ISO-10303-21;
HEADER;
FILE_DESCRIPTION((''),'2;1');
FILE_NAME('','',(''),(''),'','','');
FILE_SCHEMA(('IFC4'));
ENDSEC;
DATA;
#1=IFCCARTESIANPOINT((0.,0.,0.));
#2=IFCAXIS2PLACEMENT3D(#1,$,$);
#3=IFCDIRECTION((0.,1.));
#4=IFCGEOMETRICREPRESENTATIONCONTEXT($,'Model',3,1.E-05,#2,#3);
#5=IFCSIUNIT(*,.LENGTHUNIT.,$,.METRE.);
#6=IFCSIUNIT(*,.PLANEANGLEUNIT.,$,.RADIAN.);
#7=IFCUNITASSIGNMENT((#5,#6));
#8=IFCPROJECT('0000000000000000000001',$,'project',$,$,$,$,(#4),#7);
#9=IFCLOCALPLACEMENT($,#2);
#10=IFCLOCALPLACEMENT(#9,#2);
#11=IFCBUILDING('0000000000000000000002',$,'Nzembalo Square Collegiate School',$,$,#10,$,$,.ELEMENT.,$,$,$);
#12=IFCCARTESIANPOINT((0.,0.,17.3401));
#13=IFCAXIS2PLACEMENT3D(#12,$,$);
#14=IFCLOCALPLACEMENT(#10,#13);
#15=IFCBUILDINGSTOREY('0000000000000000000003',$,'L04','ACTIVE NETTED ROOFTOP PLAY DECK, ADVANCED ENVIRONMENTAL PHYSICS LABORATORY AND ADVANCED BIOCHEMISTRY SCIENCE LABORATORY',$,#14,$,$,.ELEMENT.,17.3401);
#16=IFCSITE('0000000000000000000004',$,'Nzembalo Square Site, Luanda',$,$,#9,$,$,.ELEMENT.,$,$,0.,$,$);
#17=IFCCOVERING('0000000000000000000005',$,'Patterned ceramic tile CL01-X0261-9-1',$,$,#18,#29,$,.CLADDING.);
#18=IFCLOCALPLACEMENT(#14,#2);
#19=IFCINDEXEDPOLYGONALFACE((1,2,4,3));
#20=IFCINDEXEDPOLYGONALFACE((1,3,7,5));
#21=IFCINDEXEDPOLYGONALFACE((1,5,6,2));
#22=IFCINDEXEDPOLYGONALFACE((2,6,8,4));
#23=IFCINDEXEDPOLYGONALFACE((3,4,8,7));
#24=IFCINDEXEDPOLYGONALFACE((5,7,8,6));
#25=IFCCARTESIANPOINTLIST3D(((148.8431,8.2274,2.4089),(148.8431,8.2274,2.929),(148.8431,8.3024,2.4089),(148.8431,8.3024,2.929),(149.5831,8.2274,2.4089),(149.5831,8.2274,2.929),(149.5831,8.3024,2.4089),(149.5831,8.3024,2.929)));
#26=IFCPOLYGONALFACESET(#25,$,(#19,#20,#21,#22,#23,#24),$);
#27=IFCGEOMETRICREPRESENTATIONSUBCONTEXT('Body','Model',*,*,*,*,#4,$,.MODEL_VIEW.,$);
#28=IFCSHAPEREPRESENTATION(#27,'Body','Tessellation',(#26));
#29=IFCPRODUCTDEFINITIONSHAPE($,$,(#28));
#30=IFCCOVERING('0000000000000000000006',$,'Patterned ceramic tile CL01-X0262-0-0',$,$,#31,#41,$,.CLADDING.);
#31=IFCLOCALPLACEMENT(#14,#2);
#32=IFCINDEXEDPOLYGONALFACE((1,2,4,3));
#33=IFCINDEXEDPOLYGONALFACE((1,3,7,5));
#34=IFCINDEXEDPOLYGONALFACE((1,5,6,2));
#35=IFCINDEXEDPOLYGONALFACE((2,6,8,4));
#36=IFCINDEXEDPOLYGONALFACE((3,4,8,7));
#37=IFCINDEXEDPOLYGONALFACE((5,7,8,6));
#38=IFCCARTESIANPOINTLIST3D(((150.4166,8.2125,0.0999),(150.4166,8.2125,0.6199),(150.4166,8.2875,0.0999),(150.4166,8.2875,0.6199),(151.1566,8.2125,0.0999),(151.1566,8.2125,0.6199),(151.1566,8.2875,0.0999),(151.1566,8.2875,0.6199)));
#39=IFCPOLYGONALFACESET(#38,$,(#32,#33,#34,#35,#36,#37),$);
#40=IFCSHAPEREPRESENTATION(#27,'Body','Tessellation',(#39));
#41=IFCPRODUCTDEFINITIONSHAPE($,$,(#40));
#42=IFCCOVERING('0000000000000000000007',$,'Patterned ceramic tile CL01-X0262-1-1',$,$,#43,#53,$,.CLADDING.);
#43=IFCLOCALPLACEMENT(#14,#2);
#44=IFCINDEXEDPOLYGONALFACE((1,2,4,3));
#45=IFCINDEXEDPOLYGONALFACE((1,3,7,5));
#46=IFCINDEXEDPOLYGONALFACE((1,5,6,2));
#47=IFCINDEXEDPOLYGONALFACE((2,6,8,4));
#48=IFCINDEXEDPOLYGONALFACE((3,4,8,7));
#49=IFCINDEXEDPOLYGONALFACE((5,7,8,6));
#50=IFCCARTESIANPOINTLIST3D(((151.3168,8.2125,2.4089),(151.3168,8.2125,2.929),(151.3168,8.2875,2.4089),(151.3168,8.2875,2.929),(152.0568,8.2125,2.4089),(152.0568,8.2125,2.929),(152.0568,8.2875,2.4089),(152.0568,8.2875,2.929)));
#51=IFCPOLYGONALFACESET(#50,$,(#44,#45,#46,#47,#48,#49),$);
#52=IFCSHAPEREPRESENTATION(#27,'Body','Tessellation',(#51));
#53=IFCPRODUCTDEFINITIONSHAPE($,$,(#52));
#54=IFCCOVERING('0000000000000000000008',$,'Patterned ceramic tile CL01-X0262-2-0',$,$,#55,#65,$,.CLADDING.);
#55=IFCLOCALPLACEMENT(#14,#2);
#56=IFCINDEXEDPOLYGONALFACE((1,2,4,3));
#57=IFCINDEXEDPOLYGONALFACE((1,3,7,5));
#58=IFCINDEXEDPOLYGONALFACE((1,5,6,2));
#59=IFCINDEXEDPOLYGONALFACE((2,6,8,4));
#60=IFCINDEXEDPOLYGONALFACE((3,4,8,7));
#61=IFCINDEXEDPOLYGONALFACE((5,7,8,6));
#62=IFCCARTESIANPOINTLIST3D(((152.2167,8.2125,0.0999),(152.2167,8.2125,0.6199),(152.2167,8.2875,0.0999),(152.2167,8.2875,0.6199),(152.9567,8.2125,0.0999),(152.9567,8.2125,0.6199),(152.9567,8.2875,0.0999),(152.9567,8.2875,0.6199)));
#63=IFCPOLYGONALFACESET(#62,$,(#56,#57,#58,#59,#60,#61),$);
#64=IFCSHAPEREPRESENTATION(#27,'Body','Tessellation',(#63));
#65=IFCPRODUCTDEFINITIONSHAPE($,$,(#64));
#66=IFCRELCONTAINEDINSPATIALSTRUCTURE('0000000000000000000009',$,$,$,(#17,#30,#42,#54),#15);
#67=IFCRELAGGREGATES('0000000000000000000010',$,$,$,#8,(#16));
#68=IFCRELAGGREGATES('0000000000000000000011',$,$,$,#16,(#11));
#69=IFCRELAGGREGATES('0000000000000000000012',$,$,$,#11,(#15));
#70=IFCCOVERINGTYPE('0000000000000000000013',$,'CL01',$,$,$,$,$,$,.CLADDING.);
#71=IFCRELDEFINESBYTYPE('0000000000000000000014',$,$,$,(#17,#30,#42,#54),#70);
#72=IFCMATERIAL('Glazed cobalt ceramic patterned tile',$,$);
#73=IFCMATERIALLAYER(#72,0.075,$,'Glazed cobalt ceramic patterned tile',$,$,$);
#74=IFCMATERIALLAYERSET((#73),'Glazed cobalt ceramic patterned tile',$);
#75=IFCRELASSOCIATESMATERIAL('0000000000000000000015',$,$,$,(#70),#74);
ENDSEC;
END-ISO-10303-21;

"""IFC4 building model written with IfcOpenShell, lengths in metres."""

from ifc_helpers import new_model, si_unit, direction, frame, origin, origin_2d, place, context, subcontext, project, spatial, rectangle, extrude, material, layer, layer_set, type_object, element, save


model = new_model("IFC4")

# Units and contexts
model_context = context("Model", 3, precision=1e-05, world=origin(), true_north=direction((0.0, 1.0)))
body_context = subcontext(model_context, "Body", "Model", "MODEL_VIEW")
ifc_project = project(units=[si_unit("LENGTHUNIT", "METRE"), si_unit("PLANEANGLEUNIT", "RADIAN")], contexts=[model_context])

# Site, building, storey
site_placement = place(None, origin())
site = spatial("IfcSite", under=ifc_project, at=site_placement, Name="Nzembalo Square Site, Luanda", CompositionType="ELEMENT", RefElevation=0.0)
building_placement = place(site_placement, origin())
building = spatial("IfcBuilding", under=site, at=building_placement, Name="Nzembalo Square Collegiate School", CompositionType="ELEMENT")
storey_placement = place(building_placement, frame((0.0, 0.0, 17.3401)))
storey = spatial("IfcBuildingStorey", under=building, at=storey_placement, Name="L04", Description="ACTIVE NETTED ROOFTOP PLAY DECK, ADVANCED ENVIRONMENTAL PHYSICS LABORATORY AND ADVANCED BIOCHEMISTRY SCIENCE LABORATORY", CompositionType="ELEMENT", Elevation=17.3401)

# Coverings
ifc_material_1 = material(Name="Glazed cobalt ceramic patterned tile")
ifc_layer_1 = layer(ifc_material_1, 0.075, Name="Glazed cobalt ceramic patterned tile")
ifc_layer_set_1 = layer_set([ifc_layer_1], Name="Glazed cobalt ceramic patterned tile")
covering_type = type_object("IfcCoveringType", Name="CL01", PredefinedType="CLADDING", material=ifc_layer_set_1)
for number, where, z_axis, x_axis, name in (
    (1, (149.2131, 8.2649, 2.4089), (0.0, 0.0, 1.0), (1.0, 0.0, 0.0), "Patterned ceramic tile CL01-X0261-9-1"),
    (2, (150.7866, 8.25, 0.0999), (0.0, 0.0, 1.0), (1.0, 0.0, 0.0), "Patterned ceramic tile CL01-X0262-0-0"),
    (3, (151.6868, 8.25, 2.4089), (0.0, 0.0, 1.0), (1.0, 0.0, 0.0), "Patterned ceramic tile CL01-X0262-1-1"),
    (4, (152.5867, 8.25, 0.0999), (0.0, 0.0, 1.0), (1.0, 0.0, 0.0), "Patterned ceramic tile CL01-X0262-2-0"),
):
    element("IfcCovering", number, at=place(storey_placement, frame(where, z_axis=z_axis, x_axis=x_axis)), inside=storey, type_object=covering_type, Name=name, PredefinedType="CLADDING", context=body_context, shape_type="SweptSolid", body=[
        extrude(rectangle(XDim=0.74, YDim=0.075, at=origin_2d()), origin(), (0.0, 0.0, 1.0), 0.52),
    ])

save(model, "model.ifc")
